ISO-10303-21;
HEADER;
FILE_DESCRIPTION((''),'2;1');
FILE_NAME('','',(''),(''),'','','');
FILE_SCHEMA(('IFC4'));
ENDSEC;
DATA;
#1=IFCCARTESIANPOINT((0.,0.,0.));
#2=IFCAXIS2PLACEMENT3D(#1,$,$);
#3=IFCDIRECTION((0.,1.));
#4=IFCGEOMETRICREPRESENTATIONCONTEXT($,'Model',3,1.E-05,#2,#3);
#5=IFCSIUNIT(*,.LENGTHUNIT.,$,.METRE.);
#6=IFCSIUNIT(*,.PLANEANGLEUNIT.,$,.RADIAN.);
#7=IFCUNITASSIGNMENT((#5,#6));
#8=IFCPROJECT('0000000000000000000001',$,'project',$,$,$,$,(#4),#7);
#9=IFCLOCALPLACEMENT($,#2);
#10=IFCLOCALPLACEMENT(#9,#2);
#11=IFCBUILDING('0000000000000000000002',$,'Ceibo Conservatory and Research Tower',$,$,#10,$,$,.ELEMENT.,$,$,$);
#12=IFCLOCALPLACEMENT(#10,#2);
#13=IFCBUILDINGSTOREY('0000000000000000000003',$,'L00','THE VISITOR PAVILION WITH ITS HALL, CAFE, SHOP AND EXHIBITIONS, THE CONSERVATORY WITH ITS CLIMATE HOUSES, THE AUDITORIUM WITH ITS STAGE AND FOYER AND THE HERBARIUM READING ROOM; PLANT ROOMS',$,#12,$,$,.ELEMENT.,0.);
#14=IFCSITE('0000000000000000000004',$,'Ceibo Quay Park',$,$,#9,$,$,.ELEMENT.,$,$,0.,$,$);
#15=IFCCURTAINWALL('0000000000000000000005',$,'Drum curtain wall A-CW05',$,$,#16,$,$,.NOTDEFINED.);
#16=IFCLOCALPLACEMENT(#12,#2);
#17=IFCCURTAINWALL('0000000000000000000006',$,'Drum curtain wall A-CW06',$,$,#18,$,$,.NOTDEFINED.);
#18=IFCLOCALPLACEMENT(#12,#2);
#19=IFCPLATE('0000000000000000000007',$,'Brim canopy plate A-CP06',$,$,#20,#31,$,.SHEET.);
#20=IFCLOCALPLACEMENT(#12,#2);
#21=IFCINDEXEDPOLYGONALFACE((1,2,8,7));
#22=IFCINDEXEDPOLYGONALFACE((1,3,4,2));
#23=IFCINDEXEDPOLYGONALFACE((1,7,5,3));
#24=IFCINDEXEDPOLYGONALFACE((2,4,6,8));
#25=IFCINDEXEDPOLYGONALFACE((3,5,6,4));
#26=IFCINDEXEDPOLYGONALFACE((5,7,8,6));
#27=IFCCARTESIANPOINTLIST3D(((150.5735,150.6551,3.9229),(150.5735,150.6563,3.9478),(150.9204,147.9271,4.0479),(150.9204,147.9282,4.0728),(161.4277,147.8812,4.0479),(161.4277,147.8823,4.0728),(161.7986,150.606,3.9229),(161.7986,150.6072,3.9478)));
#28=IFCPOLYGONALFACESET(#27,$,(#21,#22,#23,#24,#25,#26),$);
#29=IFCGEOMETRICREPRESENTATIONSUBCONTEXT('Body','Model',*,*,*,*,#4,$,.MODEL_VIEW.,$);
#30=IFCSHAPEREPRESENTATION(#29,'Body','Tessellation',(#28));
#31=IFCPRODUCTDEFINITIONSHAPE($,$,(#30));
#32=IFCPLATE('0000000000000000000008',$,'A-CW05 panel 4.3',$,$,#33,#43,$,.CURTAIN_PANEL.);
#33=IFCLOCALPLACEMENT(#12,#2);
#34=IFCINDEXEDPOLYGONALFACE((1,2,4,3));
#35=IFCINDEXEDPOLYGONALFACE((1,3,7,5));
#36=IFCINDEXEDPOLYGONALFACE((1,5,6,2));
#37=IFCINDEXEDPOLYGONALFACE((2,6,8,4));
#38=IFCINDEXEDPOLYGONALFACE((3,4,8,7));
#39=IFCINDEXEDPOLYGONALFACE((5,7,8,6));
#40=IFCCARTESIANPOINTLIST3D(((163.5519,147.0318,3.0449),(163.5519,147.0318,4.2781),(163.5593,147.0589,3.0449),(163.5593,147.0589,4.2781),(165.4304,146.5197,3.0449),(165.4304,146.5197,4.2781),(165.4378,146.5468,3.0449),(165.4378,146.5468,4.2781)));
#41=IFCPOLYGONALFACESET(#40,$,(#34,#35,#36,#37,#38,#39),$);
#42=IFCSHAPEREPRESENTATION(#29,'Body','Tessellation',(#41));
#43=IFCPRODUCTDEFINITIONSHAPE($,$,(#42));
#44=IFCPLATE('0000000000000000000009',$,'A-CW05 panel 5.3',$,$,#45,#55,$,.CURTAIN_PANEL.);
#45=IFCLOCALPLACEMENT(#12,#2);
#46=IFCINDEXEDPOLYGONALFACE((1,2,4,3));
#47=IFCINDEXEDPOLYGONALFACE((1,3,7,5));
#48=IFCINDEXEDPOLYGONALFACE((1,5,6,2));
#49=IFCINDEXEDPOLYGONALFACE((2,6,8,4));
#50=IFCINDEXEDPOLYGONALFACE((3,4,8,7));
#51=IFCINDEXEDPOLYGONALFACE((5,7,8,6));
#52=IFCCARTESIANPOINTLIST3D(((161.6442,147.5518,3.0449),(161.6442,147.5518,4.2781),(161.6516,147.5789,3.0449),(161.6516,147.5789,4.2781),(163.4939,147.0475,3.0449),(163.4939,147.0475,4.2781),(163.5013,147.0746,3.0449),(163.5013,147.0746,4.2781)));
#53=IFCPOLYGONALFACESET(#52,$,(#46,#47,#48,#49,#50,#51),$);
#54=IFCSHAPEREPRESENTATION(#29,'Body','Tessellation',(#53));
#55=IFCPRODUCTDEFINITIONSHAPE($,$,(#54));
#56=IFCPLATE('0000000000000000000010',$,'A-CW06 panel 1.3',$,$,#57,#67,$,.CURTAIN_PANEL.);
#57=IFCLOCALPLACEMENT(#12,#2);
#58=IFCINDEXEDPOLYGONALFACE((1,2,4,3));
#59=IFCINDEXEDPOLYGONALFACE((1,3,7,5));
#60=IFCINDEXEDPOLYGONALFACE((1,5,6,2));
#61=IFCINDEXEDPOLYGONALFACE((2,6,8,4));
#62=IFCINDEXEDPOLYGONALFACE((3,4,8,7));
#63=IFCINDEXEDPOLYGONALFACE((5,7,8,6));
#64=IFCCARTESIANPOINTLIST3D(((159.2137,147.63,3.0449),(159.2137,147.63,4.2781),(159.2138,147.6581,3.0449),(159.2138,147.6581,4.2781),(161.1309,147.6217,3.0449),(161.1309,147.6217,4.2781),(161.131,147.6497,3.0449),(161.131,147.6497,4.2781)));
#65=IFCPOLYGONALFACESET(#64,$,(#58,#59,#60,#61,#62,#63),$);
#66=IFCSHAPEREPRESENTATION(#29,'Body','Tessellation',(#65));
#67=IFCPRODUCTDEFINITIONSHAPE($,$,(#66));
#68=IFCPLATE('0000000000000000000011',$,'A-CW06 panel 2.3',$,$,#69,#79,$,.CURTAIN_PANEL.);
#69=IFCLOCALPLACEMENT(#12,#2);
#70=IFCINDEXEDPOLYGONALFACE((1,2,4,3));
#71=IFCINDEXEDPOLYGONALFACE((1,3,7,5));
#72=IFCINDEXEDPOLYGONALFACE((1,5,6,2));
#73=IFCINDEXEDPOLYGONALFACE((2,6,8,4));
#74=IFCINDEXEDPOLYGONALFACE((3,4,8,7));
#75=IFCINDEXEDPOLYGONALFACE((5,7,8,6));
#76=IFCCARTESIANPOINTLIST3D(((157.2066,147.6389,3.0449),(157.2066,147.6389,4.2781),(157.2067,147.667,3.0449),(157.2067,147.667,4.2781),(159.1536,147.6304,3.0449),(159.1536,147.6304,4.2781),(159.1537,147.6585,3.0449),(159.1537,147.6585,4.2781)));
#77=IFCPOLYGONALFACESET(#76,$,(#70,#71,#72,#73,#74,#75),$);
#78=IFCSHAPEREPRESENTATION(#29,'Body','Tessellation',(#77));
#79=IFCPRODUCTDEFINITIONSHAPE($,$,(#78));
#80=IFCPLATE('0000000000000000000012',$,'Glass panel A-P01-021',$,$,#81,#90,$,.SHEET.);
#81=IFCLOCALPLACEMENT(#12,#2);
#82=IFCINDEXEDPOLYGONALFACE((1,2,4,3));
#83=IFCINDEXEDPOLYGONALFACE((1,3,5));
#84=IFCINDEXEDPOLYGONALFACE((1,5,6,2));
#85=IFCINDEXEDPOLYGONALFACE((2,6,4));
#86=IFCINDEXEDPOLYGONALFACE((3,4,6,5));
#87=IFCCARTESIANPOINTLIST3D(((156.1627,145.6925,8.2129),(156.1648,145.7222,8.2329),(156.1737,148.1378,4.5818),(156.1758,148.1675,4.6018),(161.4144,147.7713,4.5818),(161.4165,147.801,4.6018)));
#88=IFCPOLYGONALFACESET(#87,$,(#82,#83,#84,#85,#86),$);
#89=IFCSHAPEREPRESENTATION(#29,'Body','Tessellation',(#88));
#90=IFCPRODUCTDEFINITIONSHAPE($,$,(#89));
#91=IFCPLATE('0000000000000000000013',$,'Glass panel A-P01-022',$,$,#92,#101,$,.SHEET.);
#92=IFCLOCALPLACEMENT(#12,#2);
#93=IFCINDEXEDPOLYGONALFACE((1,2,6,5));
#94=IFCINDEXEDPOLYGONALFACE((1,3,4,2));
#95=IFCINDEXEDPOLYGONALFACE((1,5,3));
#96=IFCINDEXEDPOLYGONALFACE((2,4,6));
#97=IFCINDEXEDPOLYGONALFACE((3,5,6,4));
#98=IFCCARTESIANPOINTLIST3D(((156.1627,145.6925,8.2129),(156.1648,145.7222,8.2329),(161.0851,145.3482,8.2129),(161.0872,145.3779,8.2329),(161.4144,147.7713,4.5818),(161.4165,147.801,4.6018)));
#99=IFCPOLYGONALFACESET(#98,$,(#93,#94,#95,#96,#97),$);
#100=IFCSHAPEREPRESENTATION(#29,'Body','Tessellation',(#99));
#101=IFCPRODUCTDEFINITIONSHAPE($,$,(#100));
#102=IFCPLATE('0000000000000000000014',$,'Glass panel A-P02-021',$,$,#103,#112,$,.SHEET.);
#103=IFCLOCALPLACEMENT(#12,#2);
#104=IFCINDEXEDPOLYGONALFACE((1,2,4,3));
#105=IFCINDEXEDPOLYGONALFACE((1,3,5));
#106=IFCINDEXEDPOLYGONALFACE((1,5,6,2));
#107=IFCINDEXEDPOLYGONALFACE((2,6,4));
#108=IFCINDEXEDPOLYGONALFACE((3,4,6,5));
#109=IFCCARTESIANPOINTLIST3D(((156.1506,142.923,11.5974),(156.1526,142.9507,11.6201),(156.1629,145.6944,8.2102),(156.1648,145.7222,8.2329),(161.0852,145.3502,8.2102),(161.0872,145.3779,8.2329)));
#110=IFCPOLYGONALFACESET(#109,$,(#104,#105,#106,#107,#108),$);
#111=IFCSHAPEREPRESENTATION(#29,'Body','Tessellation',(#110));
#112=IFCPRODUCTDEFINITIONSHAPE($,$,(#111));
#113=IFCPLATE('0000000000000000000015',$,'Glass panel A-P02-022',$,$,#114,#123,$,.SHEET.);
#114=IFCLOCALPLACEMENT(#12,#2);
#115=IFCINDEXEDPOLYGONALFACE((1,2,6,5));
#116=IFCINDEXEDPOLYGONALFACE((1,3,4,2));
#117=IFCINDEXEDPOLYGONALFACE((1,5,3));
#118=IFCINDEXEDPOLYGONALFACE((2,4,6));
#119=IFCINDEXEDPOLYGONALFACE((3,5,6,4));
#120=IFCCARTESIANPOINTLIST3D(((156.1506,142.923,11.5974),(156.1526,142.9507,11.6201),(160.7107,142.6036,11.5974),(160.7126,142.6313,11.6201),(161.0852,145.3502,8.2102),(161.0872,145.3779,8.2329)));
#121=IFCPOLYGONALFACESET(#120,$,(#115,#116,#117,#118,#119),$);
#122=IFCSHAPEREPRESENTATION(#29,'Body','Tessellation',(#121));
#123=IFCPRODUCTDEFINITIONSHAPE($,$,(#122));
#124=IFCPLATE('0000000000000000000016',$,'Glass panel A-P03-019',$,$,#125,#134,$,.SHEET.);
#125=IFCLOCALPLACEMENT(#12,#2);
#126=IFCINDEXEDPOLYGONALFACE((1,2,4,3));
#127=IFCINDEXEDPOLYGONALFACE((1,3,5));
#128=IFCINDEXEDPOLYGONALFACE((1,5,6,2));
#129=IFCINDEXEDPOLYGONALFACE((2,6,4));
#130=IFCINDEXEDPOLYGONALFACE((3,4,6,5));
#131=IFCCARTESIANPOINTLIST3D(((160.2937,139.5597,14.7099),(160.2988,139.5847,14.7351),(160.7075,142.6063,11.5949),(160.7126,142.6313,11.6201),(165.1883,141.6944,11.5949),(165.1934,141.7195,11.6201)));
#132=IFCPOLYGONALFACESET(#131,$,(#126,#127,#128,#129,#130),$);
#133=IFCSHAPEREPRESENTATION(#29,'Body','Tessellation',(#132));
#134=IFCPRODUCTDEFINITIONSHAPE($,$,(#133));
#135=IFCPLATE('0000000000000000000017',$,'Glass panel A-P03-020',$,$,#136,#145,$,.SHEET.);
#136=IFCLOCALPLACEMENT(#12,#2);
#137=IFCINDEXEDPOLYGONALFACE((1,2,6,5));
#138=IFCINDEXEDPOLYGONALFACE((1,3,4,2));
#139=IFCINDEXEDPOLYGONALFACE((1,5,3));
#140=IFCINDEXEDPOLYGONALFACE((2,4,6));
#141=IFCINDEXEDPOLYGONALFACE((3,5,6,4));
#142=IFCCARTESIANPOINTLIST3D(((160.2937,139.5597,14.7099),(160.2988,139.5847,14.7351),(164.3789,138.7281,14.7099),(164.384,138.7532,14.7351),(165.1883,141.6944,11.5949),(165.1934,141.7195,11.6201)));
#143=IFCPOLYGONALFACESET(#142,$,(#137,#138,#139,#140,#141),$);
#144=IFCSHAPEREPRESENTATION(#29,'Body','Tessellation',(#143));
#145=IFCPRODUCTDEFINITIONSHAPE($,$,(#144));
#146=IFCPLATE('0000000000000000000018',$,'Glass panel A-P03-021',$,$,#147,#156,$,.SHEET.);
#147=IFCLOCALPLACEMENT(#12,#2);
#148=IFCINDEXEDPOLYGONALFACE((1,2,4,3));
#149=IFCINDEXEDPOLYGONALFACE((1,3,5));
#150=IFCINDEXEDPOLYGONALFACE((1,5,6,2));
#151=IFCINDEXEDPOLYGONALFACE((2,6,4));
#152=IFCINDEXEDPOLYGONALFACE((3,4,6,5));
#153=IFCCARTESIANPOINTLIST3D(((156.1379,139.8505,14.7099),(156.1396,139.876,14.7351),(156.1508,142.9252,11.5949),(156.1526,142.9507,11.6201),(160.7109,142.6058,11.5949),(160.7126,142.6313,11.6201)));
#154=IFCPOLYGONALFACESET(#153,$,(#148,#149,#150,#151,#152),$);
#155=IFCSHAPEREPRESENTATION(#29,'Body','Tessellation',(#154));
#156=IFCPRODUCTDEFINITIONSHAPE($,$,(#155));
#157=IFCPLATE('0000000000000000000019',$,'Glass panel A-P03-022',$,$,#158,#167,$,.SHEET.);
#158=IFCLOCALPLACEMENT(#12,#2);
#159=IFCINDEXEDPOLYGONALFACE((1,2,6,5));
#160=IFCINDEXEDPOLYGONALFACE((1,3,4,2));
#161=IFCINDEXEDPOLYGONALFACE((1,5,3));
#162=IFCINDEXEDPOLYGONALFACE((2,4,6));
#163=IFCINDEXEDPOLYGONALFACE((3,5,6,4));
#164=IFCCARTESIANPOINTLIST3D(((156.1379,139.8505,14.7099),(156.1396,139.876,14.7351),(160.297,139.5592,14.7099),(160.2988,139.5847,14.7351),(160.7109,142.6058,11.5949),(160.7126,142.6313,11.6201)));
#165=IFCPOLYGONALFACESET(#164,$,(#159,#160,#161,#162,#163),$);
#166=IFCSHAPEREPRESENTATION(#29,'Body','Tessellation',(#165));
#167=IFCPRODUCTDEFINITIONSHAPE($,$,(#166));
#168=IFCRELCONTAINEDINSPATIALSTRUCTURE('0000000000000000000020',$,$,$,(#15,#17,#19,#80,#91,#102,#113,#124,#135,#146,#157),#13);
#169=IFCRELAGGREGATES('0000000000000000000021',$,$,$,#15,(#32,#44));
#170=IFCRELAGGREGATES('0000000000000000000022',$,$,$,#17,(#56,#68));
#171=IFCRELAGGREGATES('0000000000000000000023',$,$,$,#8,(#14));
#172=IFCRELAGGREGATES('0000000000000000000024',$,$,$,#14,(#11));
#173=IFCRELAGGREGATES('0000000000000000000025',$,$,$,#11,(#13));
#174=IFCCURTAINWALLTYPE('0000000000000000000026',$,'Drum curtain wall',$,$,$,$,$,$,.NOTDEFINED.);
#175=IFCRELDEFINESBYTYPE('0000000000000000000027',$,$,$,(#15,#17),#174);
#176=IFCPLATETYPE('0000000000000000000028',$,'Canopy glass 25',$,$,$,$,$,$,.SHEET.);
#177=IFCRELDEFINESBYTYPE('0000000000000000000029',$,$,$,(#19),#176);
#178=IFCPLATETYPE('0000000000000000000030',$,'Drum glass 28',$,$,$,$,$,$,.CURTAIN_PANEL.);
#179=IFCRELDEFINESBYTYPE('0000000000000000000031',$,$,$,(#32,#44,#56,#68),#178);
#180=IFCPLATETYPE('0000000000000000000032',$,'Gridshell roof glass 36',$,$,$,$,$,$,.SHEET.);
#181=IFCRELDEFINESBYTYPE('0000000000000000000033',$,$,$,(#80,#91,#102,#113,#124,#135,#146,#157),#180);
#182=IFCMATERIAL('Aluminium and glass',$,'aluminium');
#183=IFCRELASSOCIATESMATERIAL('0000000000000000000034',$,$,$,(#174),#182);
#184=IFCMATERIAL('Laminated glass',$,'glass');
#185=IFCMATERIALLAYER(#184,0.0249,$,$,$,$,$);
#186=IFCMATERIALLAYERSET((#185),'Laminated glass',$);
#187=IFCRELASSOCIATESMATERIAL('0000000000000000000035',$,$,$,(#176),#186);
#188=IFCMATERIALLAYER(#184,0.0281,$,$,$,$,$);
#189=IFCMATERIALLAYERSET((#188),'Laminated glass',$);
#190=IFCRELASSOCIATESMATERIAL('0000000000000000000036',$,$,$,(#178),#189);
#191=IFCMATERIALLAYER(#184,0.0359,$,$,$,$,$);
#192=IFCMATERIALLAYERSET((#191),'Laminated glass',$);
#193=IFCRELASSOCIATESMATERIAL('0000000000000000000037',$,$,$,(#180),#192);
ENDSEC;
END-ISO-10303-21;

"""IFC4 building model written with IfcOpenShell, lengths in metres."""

from ifc_helpers import new_model, si_unit, direction, frame, origin, origin_2d, place, context, subcontext, project, spatial, polyline, rectangle, outline, extrude, material, layer, layer_set, type_object, element, aggregate, save


model = new_model("IFC4")

# Units and contexts
model_context = context("Model", 3, precision=1e-05, world=origin(), true_north=direction((0.0, 1.0)))
body_context = subcontext(model_context, "Body", "Model", "MODEL_VIEW")
ifc_project = project(units=[si_unit("LENGTHUNIT", "METRE"), si_unit("PLANEANGLEUNIT", "RADIAN")], contexts=[model_context])

# Site, building, storey
site_placement = place(None, origin())
site = spatial("IfcSite", under=ifc_project, at=site_placement, Name="Ceibo Quay Park", CompositionType="ELEMENT", RefElevation=0.0)
building_placement = place(site_placement, origin())
building = spatial("IfcBuilding", under=site, at=building_placement, Name="Ceibo Conservatory and Research Tower", CompositionType="ELEMENT")
storey_placement = place(building_placement, origin())
storey = spatial("IfcBuildingStorey", under=building, at=storey_placement, Name="L00", Description="THE VISITOR PAVILION WITH ITS HALL, CAFE, SHOP AND EXHIBITIONS, THE CONSERVATORY WITH ITS CLIMATE HOUSES, THE AUDITORIUM WITH ITS STAGE AND FOYER AND THE HERBARIUM READING ROOM; PLANT ROOMS", CompositionType="ELEMENT", Elevation=0.0)

# Curtain walls
ifc_material_1 = material(Name="Aluminium and glass", Category="aluminium")
curtain_wall_type = type_object("IfcCurtainWallType", Name="Drum curtain wall", PredefinedType="NOTDEFINED", material=ifc_material_1)
curtain_wall_1_placement = place(storey_placement, origin())
curtain_wall_1 = element("IfcCurtainWall", 1, at=curtain_wall_1_placement, inside=storey, type_object=curtain_wall_type, Name="Drum curtain wall A-CW05", PredefinedType="NOTDEFINED")
curtain_wall_2_placement = place(storey_placement, origin())
curtain_wall_2 = element("IfcCurtainWall", 2, at=curtain_wall_2_placement, inside=storey, type_object=curtain_wall_type, Name="Drum curtain wall A-CW06", PredefinedType="NOTDEFINED")

# Plates
ifc_material_2 = material(Name="Laminated glass", Category="glass")
ifc_layer_1 = layer(ifc_material_2, 0.0249)
ifc_layer_set_1 = layer_set([ifc_layer_1], Name="Laminated glass")
plate_type_1 = type_object("IfcPlateType", Name="Canopy glass 25", PredefinedType="SHEET", material=ifc_layer_set_1)
plate_1_placement = place(storey_placement, frame((161.4277, 147.8823, 4.0728), z_axis=(-0.0002, -0.045798, -0.998951), x_axis=(-0.99999, 0.004368, 0.0)))
element("IfcPlate", 3, at=plate_1_placement, inside=storey, type_object=plate_type_1, Name="Brim canopy plate A-CP06", PredefinedType="SHEET", context=body_context, shape_type="SweptSolid", body=[
    extrude(outline(polyline([(0.0, 0.0), (10.5074, 0.0), (10.8663, 2.7293), (-0.3589, 2.7293), (0.0, 0.0)])), origin(), (0.0, 0.0, 1.0), 0.0249),
])
ifc_layer_2 = layer(ifc_material_2, 0.0281)
ifc_layer_set_2 = layer_set([ifc_layer_2], Name="Laminated glass")
plate_type_2 = type_object("IfcPlateType", Name="Drum glass 28", PredefinedType="CURTAIN_PANEL", material=ifc_layer_set_2)
plate_2_placement = place(storey_placement, frame((164.4949, 146.7893, 3.0449), z_axis=(0.0, 0.0, 1.0), x_axis=(-0.964787, 0.263031, 0.0)))
plate_2 = element("IfcPlate", 4, at=plate_2_placement, type_object=plate_type_2, Name="A-CW05 panel 4.3", PredefinedType="CURTAIN_PANEL", context=body_context, shape_type="SweptSolid", body=[
    extrude(rectangle(XDim=1.947, YDim=0.0281, at=origin_2d()), origin(), (0.0, 0.0, 1.0), 1.2332),
])
plate_3_placement = place(storey_placement, frame((162.5728, 147.3132, 3.0449), z_axis=(0.0, 0.0, 1.0), x_axis=(-0.964787, 0.263031, 0.0)))
plate_3 = element("IfcPlate", 5, at=plate_3_placement, type_object=plate_type_2, Name="A-CW05 panel 5.3", PredefinedType="CURTAIN_PANEL", context=body_context, shape_type="SweptSolid", body=[
    extrude(rectangle(XDim=1.9172, YDim=0.0281, at=origin_2d()), origin(), (0.0, 0.0, 1.0), 1.2332),
])
aggregate(curtain_wall_1, [plate_2, plate_3])
plate_4_placement = place(storey_placement, frame((160.1724, 147.6399, 3.0449), z_axis=(0.0, 0.0, 1.0), x_axis=(-0.99999, 0.004363, 0.0)))
plate_4 = element("IfcPlate", 6, at=plate_4_placement, type_object=plate_type_2, Name="A-CW06 panel 1.3", PredefinedType="CURTAIN_PANEL", context=body_context, shape_type="SweptSolid", body=[
    extrude(rectangle(XDim=1.9172, YDim=0.0281, at=origin_2d()), origin(), (0.0, 0.0, 1.0), 1.2332),
])
plate_5_placement = place(storey_placement, frame((158.1802, 147.6487, 3.0449), z_axis=(0.0, 0.0, 1.0), x_axis=(-0.99999, 0.004363, 0.0)))
plate_5 = element("IfcPlate", 7, at=plate_5_placement, type_object=plate_type_2, Name="A-CW06 panel 2.3", PredefinedType="CURTAIN_PANEL", context=body_context, shape_type="SweptSolid", body=[
    extrude(rectangle(XDim=1.947, YDim=0.0281, at=origin_2d()), origin(), (0.0, 0.0, 1.0), 1.2332),
])
aggregate(curtain_wall_2, [plate_4, plate_5])

# Plates
ifc_layer_3 = layer(ifc_material_2, 0.0359)
ifc_layer_set_3 = layer_set([ifc_layer_3], Name="Laminated glass")
plate_type_3 = type_object("IfcPlateType", Name="Gridshell roof glass 36", PredefinedType="SHEET", material=ifc_layer_set_3)
plate_6_placement = place(storey_placement, frame((161.4165, 147.801, 4.6018), z_axis=(0.057896, 0.827978, 0.557764), x_axis=(-0.997564, 0.069754, 0.0)))
element("IfcPlate", 8, at=plate_6_placement, inside=storey, type_object=plate_type_3, Name="Glass panel A-P01-021", PredefinedType="SHEET", context=body_context, shape_type="SweptSolid", body=[
    extrude(outline(polyline([(0.0, 0.0), (5.2535, 0.0), (5.0939, 4.3748), (0.0, 0.0)])), origin(), (0.0, 0.0, -1.0), 0.0359),
])
plate_7_placement = place(storey_placement, frame((161.4165, 147.801, 4.6018), z_axis=(0.057903, 0.827972, 0.557772), x_axis=(-0.782123, -0.309599, 0.54077)))
element("IfcPlate", 9, at=plate_7_placement, inside=storey, type_object=plate_type_3, Name="Glass panel A-P01-022", PredefinedType="SHEET", context=body_context, shape_type="SweptSolid", body=[
    extrude(outline(polyline([(0.0, 0.0), (6.7147, 0.0), (2.9714, 3.2149), (0.0, 0.0)])), origin(), (0.0, 0.0, -1.0), 0.0359),
])
plate_8_placement = place(storey_placement, frame((161.0872, 145.3779, 8.2329), z_axis=(0.054039, 0.772716, 0.632447), x_axis=(-0.997564, 0.069763, 0.0)))
element("IfcPlate", 10, at=plate_8_placement, inside=storey, type_object=plate_type_3, Name="Glass panel A-P02-021", PredefinedType="SHEET", context=body_context, shape_type="SweptSolid", body=[
    extrude(outline(polyline([(0.0, 0.0), (4.9344, 0.0), (4.7532, 4.3728), (0.0, 0.0)])), origin(), (0.0, 0.0, -1.0), 0.0359),
])
plate_9_placement = place(storey_placement, frame((161.0872, 145.3779, 8.2329), z_axis=(0.054109, 0.772661, 0.632509), x_axis=(-0.76402, -0.375811, 0.524442)))
element("IfcPlate", 11, at=plate_9_placement, inside=storey, type_object=plate_type_3, Name="Glass panel A-P02-022", PredefinedType="SHEET", context=body_context, shape_type="SweptSolid", body=[
    extrude(outline(polyline([(0.0, 0.0), (6.4587, 0.0), (3.0947, 3.0951), (0.0, 0.0)])), origin(), (0.0, 0.0, -1.0), 0.0359),
])
plate_10_placement = place(storey_placement, frame((165.1934, 141.7195, 11.6201), z_axis=(0.142081, 0.698154, 0.701708), x_axis=(-0.979914, 0.199421, 0.0)))
element("IfcPlate", 12, at=plate_10_placement, inside=storey, type_object=plate_type_3, Name="Glass panel A-P03-019", PredefinedType="SHEET", context=body_context, shape_type="SweptSolid", body=[
    extrude(outline(polyline([(0.0, 0.0), (4.5726, 0.0), (4.3705, 4.3721), (0.0, 0.0)])), origin(), (0.0, 0.0, -1.0), 0.0359),
])
plate_11_placement = place(storey_placement, frame((165.1934, 141.7195, 11.6201), z_axis=(0.142104, 0.698129, 0.701728), x_axis=(-0.791742, -0.345321, 0.503883)))
element("IfcPlate", 13, at=plate_11_placement, inside=storey, type_object=plate_type_3, Name="Glass panel A-P03-020", PredefinedType="SHEET", context=body_context, shape_type="SweptSolid", body=[
    extrude(outline(polyline([(0.0, 0.0), (6.182, 0.0), (3.2347, 2.9485), (0.0, 0.0)])), origin(), (0.0, 0.0, -1.0), 0.0359),
])
plate_12_placement = place(storey_placement, frame((160.7126, 142.6313, 11.6201), z_axis=(0.04977, 0.710708, 0.701724), x_axis=(-0.997557, 0.069858, 0.0)))
element("IfcPlate", 14, at=plate_12_placement, inside=storey, type_object=plate_type_3, Name="Glass panel A-P03-021", PredefinedType="SHEET", context=body_context, shape_type="SweptSolid", body=[
    extrude(outline(polyline([(0.0, 0.0), (4.5712, 0.0), (4.3693, 4.3722), (0.0, 0.0)])), origin(), (0.0, 0.0, -1.0), 0.0359),
])
plate_13_placement = place(storey_placement, frame((160.7126, 142.6313, 11.6201), z_axis=(0.04977, 0.710709, 0.701724), x_axis=(-0.739821, -0.445765, 0.503944)))
element("IfcPlate", 15, at=plate_13_placement, inside=storey, type_object=plate_type_3, Name="Glass panel A-P03-022", PredefinedType="SHEET", context=body_context, shape_type="SweptSolid", body=[
    extrude(outline(polyline([(0.0, 0.0), (6.1812, 0.0), (3.234, 2.9492), (0.0, 0.0)])), origin(), (0.0, 0.0, -1.0), 0.0359),
])

save(model, "model.ifc")
